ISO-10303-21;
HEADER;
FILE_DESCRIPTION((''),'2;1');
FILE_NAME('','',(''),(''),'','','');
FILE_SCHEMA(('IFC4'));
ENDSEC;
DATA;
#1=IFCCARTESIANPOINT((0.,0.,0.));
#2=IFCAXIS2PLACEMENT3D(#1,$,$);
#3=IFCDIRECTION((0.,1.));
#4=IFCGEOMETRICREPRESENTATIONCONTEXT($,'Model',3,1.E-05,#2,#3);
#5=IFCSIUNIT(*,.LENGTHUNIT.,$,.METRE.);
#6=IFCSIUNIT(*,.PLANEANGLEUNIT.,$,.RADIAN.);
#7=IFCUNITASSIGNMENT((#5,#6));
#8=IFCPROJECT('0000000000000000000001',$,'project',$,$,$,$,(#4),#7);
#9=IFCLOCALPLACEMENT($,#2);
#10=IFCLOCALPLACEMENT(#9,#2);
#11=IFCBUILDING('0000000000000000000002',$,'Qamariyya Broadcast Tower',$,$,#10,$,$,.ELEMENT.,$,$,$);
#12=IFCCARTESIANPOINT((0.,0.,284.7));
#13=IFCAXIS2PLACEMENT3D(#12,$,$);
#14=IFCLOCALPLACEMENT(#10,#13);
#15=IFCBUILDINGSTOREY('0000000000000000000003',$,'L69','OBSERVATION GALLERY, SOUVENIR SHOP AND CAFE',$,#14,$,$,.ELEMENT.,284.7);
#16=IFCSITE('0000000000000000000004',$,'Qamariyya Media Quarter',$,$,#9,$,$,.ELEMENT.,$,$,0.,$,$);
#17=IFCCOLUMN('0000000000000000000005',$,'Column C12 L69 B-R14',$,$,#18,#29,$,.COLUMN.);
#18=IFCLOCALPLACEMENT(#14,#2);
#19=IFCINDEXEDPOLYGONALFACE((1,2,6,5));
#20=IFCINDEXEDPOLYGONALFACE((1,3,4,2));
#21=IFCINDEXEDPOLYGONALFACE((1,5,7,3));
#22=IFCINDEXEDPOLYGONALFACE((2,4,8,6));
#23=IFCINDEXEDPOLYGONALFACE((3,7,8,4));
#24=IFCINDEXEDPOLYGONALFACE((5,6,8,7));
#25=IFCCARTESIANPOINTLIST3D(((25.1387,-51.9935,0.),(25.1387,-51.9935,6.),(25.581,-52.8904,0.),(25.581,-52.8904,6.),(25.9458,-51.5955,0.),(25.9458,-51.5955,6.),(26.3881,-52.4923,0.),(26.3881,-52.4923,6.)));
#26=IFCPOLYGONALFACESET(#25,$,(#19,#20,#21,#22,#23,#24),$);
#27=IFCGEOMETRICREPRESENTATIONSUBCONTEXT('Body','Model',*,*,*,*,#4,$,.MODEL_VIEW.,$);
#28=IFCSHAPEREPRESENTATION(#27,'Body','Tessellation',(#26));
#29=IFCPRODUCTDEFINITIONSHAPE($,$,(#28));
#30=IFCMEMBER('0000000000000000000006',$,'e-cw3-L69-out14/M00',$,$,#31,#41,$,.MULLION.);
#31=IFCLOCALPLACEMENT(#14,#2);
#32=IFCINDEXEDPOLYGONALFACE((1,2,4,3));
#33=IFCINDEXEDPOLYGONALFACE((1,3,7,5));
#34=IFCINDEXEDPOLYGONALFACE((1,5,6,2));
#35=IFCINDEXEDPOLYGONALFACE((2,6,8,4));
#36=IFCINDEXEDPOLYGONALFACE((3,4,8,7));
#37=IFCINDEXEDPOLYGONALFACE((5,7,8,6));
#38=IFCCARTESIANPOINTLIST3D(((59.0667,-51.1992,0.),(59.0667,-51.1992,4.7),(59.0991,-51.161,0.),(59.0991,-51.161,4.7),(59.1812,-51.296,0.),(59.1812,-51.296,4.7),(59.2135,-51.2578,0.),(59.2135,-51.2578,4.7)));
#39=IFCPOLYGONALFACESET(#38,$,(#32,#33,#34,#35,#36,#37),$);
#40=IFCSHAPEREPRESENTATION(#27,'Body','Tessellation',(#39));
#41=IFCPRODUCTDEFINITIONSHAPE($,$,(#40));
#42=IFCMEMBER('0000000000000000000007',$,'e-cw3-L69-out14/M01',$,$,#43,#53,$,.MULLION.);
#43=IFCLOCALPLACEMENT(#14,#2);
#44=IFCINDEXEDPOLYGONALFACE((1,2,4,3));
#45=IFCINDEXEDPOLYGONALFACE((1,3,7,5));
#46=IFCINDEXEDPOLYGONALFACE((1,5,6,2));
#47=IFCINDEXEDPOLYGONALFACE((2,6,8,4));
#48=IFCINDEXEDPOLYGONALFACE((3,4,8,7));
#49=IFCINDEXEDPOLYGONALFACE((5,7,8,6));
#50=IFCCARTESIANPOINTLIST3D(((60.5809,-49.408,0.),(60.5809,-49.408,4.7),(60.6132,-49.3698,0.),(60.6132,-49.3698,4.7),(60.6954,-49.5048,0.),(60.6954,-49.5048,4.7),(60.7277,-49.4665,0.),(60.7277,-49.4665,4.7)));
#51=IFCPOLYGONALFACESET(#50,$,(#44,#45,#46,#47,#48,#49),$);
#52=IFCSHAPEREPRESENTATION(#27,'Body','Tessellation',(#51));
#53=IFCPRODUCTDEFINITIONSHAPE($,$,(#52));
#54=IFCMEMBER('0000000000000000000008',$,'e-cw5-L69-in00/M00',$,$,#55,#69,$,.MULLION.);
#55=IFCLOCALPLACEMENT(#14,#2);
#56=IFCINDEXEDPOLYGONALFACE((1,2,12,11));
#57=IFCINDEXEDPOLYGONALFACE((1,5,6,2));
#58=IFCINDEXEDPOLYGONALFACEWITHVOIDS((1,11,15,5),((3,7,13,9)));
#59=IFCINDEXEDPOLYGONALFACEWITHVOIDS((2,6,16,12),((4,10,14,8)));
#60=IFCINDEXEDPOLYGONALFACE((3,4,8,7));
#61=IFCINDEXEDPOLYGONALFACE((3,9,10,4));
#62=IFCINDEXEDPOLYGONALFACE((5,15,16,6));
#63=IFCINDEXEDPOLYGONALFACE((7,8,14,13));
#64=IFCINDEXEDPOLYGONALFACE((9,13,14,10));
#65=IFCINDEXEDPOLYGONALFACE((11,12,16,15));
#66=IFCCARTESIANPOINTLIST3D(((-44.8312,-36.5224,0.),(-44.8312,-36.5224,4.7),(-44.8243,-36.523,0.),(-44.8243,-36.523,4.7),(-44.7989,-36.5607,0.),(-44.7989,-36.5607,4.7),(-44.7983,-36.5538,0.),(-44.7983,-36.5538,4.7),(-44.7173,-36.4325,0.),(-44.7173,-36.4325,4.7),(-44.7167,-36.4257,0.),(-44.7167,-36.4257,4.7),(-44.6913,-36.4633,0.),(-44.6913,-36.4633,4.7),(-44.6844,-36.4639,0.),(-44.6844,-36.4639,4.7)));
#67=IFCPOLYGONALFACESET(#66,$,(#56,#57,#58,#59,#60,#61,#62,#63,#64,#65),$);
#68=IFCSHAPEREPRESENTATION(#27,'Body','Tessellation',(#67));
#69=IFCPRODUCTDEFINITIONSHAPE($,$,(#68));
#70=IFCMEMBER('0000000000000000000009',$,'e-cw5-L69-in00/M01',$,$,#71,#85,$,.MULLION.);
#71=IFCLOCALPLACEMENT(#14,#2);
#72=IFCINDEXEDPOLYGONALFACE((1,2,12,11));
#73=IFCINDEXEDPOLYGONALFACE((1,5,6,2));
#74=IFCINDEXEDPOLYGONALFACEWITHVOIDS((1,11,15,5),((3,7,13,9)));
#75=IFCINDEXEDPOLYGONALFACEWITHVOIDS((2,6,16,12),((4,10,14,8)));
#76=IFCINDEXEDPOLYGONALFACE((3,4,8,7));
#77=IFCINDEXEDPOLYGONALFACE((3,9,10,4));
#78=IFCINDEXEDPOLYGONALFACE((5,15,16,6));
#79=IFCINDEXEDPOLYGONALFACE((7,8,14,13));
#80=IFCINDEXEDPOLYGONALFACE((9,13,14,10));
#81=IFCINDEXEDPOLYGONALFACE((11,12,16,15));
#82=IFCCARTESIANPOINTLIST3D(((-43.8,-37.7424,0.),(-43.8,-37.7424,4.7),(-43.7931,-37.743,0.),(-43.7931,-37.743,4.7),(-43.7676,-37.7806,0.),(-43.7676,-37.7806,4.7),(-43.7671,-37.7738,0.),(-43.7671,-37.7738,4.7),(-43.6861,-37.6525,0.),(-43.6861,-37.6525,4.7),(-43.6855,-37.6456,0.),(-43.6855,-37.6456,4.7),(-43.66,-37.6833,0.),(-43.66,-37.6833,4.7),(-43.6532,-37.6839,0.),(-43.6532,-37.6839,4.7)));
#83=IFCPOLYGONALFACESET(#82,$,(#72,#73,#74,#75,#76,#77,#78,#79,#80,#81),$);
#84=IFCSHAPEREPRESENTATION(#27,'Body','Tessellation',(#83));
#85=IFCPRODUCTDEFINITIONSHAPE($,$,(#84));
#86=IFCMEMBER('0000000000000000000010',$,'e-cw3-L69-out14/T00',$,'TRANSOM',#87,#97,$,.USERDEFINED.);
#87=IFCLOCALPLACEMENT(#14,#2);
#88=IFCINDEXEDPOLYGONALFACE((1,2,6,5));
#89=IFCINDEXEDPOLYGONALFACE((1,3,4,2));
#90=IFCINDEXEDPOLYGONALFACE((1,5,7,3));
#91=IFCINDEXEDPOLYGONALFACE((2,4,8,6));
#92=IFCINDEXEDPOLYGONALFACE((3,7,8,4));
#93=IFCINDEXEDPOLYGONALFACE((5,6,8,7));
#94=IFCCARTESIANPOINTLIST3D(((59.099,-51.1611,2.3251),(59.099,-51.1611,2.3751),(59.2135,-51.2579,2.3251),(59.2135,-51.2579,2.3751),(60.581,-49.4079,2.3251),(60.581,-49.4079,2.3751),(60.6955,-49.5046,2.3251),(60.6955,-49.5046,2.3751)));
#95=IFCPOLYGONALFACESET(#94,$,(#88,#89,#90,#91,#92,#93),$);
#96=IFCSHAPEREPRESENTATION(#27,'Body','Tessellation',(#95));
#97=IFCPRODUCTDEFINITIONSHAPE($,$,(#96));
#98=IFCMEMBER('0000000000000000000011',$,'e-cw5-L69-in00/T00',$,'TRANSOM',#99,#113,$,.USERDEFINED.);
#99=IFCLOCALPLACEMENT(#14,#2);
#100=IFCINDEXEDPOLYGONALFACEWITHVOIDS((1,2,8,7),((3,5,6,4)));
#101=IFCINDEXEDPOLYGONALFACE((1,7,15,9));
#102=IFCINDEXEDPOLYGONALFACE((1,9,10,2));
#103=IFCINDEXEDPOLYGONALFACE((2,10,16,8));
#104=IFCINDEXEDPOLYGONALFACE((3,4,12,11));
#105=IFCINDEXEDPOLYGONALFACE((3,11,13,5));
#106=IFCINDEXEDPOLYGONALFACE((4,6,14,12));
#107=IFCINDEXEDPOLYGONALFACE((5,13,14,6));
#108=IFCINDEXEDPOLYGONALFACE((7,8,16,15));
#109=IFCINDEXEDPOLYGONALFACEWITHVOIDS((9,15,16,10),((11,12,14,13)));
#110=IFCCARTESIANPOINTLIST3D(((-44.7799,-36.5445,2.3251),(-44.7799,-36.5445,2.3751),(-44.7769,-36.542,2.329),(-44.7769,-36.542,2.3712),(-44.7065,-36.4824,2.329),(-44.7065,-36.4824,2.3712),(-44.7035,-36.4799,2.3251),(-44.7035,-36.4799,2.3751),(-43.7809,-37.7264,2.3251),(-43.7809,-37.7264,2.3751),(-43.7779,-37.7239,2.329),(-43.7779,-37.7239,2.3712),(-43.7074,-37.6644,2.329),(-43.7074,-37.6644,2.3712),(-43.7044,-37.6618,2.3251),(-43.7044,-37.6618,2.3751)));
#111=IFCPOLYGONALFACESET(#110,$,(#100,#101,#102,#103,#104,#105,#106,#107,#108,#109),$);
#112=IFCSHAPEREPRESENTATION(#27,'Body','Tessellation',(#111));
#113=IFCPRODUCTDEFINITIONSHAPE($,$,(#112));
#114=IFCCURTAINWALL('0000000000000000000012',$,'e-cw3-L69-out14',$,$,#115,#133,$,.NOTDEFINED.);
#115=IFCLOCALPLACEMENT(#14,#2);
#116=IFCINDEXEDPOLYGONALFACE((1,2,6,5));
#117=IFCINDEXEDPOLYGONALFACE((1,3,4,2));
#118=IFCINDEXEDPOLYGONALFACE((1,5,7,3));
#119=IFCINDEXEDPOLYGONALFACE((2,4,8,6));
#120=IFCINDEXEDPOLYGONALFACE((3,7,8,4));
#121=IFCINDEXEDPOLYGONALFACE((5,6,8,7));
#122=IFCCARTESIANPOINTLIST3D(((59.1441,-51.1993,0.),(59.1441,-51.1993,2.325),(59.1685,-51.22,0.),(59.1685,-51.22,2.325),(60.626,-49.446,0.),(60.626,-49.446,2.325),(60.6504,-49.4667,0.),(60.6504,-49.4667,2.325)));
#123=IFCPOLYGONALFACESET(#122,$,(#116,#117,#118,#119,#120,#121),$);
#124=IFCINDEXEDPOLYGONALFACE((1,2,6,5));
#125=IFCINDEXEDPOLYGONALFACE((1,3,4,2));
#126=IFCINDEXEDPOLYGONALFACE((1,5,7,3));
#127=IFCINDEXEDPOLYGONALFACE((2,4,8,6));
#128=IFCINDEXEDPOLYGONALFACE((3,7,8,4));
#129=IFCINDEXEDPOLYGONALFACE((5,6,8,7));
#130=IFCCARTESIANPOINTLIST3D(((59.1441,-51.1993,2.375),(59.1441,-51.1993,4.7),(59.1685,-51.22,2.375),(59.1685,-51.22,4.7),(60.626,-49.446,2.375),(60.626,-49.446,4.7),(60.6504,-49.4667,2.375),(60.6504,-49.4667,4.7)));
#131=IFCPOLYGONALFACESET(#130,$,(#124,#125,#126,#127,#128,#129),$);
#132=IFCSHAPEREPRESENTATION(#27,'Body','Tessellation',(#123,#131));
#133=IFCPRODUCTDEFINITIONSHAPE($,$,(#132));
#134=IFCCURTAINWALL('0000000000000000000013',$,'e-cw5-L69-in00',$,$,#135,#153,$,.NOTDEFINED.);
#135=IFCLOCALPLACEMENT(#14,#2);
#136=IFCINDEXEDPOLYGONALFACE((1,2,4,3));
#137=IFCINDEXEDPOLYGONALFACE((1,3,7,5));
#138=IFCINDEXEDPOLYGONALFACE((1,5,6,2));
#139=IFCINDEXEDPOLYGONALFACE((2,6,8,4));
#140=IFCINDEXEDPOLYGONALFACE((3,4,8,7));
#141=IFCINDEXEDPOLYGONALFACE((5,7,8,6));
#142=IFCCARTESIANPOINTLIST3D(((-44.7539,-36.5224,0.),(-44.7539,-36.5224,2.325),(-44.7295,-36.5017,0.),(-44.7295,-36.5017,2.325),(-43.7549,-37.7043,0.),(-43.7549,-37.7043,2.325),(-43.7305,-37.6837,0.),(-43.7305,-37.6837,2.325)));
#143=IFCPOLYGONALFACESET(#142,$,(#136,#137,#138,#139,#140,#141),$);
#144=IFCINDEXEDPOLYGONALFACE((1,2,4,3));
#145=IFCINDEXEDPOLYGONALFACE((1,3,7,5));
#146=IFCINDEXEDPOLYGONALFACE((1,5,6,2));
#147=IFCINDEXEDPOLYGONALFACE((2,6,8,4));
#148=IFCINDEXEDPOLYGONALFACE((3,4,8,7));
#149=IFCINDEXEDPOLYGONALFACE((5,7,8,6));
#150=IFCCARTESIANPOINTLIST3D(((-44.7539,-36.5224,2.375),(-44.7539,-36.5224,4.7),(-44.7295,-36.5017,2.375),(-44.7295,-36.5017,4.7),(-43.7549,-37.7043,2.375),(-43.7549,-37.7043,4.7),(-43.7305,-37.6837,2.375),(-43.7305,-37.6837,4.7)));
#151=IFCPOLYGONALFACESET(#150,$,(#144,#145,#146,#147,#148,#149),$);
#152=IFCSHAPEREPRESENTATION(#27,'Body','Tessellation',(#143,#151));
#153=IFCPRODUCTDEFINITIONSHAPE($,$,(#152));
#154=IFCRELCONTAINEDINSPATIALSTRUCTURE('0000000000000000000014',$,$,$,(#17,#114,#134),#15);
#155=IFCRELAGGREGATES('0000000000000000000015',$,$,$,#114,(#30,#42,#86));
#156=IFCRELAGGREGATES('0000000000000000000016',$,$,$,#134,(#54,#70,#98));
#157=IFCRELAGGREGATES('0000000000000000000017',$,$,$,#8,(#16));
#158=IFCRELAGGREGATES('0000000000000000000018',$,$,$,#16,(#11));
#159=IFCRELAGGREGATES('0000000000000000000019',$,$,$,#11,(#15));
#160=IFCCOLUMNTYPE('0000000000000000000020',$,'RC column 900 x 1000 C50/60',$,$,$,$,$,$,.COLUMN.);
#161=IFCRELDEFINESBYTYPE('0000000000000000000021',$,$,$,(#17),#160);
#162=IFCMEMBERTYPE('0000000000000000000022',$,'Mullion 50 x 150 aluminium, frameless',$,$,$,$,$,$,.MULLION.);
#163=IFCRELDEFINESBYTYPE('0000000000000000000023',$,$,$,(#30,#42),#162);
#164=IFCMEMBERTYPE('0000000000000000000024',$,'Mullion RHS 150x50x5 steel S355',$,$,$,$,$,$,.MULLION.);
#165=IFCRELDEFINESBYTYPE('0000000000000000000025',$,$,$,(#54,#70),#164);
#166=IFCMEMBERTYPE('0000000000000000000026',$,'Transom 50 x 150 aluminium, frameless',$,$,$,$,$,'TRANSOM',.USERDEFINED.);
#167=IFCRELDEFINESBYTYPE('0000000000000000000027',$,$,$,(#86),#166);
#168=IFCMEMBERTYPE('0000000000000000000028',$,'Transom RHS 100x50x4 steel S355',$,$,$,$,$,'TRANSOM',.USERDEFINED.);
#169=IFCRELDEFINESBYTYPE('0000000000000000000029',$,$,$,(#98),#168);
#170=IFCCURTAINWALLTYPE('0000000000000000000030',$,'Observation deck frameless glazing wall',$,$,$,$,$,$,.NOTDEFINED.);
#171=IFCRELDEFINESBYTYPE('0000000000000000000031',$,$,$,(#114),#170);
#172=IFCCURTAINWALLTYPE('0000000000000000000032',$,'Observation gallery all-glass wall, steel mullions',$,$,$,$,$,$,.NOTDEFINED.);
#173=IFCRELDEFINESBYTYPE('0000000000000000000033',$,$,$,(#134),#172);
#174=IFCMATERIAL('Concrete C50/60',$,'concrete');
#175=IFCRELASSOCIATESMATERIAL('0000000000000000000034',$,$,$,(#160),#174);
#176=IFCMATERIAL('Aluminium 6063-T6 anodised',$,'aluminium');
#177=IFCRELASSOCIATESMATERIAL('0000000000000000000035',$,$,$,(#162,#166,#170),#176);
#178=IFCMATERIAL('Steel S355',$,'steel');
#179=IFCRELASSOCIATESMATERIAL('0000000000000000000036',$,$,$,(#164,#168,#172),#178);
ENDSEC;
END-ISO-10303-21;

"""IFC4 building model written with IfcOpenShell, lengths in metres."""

from ifc_helpers import new_model, si_unit, direction, frame, origin, origin_2d, place, context, subcontext, project, spatial, rectangle, hollow_rectangle, extrude, material, material_profile, profile_set, type_object, element, aggregate, save


model = new_model("IFC4")

# Units and contexts
model_context = context("Model", 3, precision=1e-05, world=origin(), true_north=direction((0.0, 1.0)))
body_context = subcontext(model_context, "Body", "Model", "MODEL_VIEW")
ifc_project = project(units=[si_unit("LENGTHUNIT", "METRE"), si_unit("PLANEANGLEUNIT", "RADIAN")], contexts=[model_context])

# Site, building, storey
site_placement = place(None, origin())
site = spatial("IfcSite", under=ifc_project, at=site_placement, Name="Qamariyya Media Quarter", CompositionType="ELEMENT", RefElevation=0.0)
building_placement = place(site_placement, origin())
building = spatial("IfcBuilding", under=site, at=building_placement, Name="Qamariyya Broadcast Tower", CompositionType="ELEMENT")
storey_placement = place(building_placement, frame((0.0, 0.0, 284.7)))
storey = spatial("IfcBuildingStorey", under=building, at=storey_placement, Name="L69", Description="OBSERVATION GALLERY, SOUVENIR SHOP AND CAFE", CompositionType="ELEMENT", Elevation=284.7)

# Column
ifc_material_1 = material(Name="Concrete C50/60", Category="concrete")
ifc_material_profile_1 = material_profile(ifc_material_1, rectangle(XDim=0.8999, YDim=1.0, at=origin_2d()))
ifc_profile_set_1 = profile_set([ifc_material_profile_1], Name="Concrete C50/60")
column_type = type_object("IfcColumnType", Name="RC column 900 x 1000 C50/60", PredefinedType="COLUMN", material=ifc_profile_set_1)
column_placement = place(storey_placement, frame((25.7634, -52.2429, 0.0), z_axis=(0.0, 0.0, 1.0), x_axis=(0.896873, 0.442289, 0.0)))
element("IfcColumn", 1, at=column_placement, inside=storey, type_object=column_type, Name="Column C12 L69 B-R14", PredefinedType="COLUMN", context=body_context, shape_type="SweptSolid", body=[
    extrude(rectangle(XDim=0.8999, YDim=1.0, at=origin_2d()), origin(), (0.0, 0.0, 1.0), 6.0),
])

# Members
ifc_material_2 = material(Name="Aluminium 6063-T6 anodised", Category="aluminium")
ifc_material_profile_2 = material_profile(ifc_material_2, rectangle(XDim=0.1499, YDim=0.05, at=origin_2d()))
ifc_profile_set_2 = profile_set([ifc_material_profile_2], Name="Aluminium 6063-T6 anodised")
member_type_1 = type_object("IfcMemberType", Name="Mullion 50 x 150 aluminium, frameless", PredefinedType="MULLION", material=ifc_profile_set_2)
member_1_placement = place(storey_placement, frame((59.1401, -51.2285, 0.0), z_axis=(0.0, 0.0, 1.0), x_axis=(-0.76371, 0.64556, 0.0)))
member_1 = element("IfcMember", 2, at=member_1_placement, type_object=member_type_1, Name="e-cw3-L69-out14/M00", PredefinedType="MULLION", context=body_context, shape_type="SweptSolid", body=[
    extrude(rectangle(XDim=0.1499, YDim=0.05, at=origin_2d()), origin(), (0.0, 0.0, 1.0), 4.7),
])
member_2_placement = place(storey_placement, frame((60.6543, -49.4373, 0.0), z_axis=(0.0, 0.0, 1.0), x_axis=(-0.76371, 0.64556, 0.0)))
member_2 = element("IfcMember", 3, at=member_2_placement, type_object=member_type_1, Name="e-cw3-L69-out14/M01", PredefinedType="MULLION", context=body_context, shape_type="SweptSolid", body=[
    extrude(rectangle(XDim=0.1499, YDim=0.05, at=origin_2d()), origin(), (0.0, 0.0, 1.0), 4.7),
])
ifc_material_3 = material(Name="Steel S355", Category="steel")
ifc_material_profile_3 = material_profile(ifc_material_3, hollow_rectangle(XDim=0.1499, YDim=0.05, WallThickness=0.0049, at=origin_2d()))
ifc_profile_set_3 = profile_set([ifc_material_profile_3], Name="Steel S355")
member_type_2 = type_object("IfcMemberType", Name="Mullion RHS 150x50x5 steel S355", PredefinedType="MULLION", material=ifc_profile_set_3)
member_3_placement = place(storey_placement, frame((-44.7578, -36.4932, 0.0), z_axis=(0.0, 0.0, 1.0), x_axis=(0.76371, 0.64556, 0.0)))
member_3 = element("IfcMember", 4, at=member_3_placement, type_object=member_type_2, Name="e-cw5-L69-in00/M00", PredefinedType="MULLION", context=body_context, shape_type="SweptSolid", body=[
    extrude(hollow_rectangle(XDim=0.1499, YDim=0.05, WallThickness=0.0049, at=origin_2d()), origin(), (0.0, 0.0, 1.0), 4.7),
])
member_4_placement = place(storey_placement, frame((-43.7266, -37.7131, 0.0), z_axis=(0.0, 0.0, 1.0), x_axis=(0.76371, 0.64556, 0.0)))
member_4 = element("IfcMember", 5, at=member_4_placement, type_object=member_type_2, Name="e-cw5-L69-in00/M01", PredefinedType="MULLION", context=body_context, shape_type="SweptSolid", body=[
    extrude(hollow_rectangle(XDim=0.1499, YDim=0.05, WallThickness=0.0049, at=origin_2d()), origin(), (0.0, 0.0, 1.0), 4.7),
])

# Members
ifc_material_profile_4 = material_profile(ifc_material_2, rectangle(XDim=0.1499, YDim=0.05, at=origin_2d()))
ifc_profile_set_4 = profile_set([ifc_material_profile_4], Name="Aluminium 6063-T6 anodised")
member_type_3 = type_object("IfcMemberType", Name="Transom 50 x 150 aluminium, frameless", ElementType="TRANSOM", PredefinedType="USERDEFINED", material=ifc_profile_set_4)
member_5_placement = place(storey_placement, frame((59.1562, -51.2095, 2.3501), z_axis=(0.645556, 0.763713, 0.0), x_axis=(-0.763713, 0.645556, 0.0)))
member_5 = element("IfcMember", 6, at=member_5_placement, type_object=member_type_3, Name="e-cw3-L69-out14/T00", ObjectType="TRANSOM", PredefinedType="USERDEFINED", context=body_context, shape_type="SweptSolid", body=[
    extrude(rectangle(XDim=0.1499, YDim=0.05, at=origin_2d()), origin(), (0.0, 0.0, 1.0), 2.2957),
])
ifc_material_profile_5 = material_profile(ifc_material_3, hollow_rectangle(XDim=0.1001, YDim=0.05, WallThickness=0.0039, at=origin_2d()))
ifc_profile_set_5 = profile_set([ifc_material_profile_5], Name="Steel S355")
member_type_4 = type_object("IfcMemberType", Name="Transom RHS 100x50x4 steel S355", ElementType="TRANSOM", PredefinedType="USERDEFINED", material=ifc_profile_set_5)
member_6_placement = place(storey_placement, frame((-44.7417, -36.5122, 2.3501), z_axis=(0.645553, -0.763715, 0.0), x_axis=(0.763715, 0.645553, 0.0)))
member_6 = element("IfcMember", 7, at=member_6_placement, type_object=member_type_4, Name="e-cw5-L69-in00/T00", ObjectType="TRANSOM", PredefinedType="USERDEFINED", context=body_context, shape_type="SweptSolid", body=[
    extrude(hollow_rectangle(XDim=0.1001, YDim=0.05, WallThickness=0.0039, at=origin_2d()), origin(), (0.0, 0.0, 1.0), 1.5476),
])

# Curtain walls
curtain_wall_type_1 = type_object("IfcCurtainWallType", Name="Observation deck frameless glazing wall", PredefinedType="NOTDEFINED", material=ifc_material_2)
curtain_wall_1_placement = place(storey_placement, origin())
curtain_wall_1 = element("IfcCurtainWall", 8, at=curtain_wall_1_placement, inside=storey, type_object=curtain_wall_type_1, Name="e-cw3-L69-out14", PredefinedType="NOTDEFINED", context=body_context, shape_type="SweptSolid", body=[
    extrude(rectangle(XDim=2.2957, YDim=0.032, at=origin_2d()), frame((59.8972, -50.333, 0.0), x_axis=(0.645522, 0.763742, 0.0)), (0.0, 0.0, 1.0), 2.325),
    extrude(rectangle(XDim=2.2957, YDim=0.032, at=origin_2d()), frame((59.8972, -50.333, 2.375), x_axis=(0.645522, 0.763742, 0.0)), (0.0, 0.0, 1.0), 2.325),
])
aggregate(curtain_wall_1, [member_1, member_2, member_5])
curtain_wall_type_2 = type_object("IfcCurtainWallType", Name="Observation gallery all-glass wall, steel mullions", PredefinedType="NOTDEFINED", material=ifc_material_3)
curtain_wall_2_placement = place(storey_placement, origin())
curtain_wall_2 = element("IfcCurtainWall", 9, at=curtain_wall_2_placement, inside=storey, type_object=curtain_wall_type_2, Name="e-cw5-L69-in00", PredefinedType="NOTDEFINED", context=body_context, shape_type="SweptSolid", body=[
    extrude(rectangle(XDim=1.5476, YDim=0.032, at=origin_2d()), frame((-44.2422, -37.103, 0.0), x_axis=(0.645504, -0.763757, 0.0)), (0.0, 0.0, 1.0), 2.325),
    extrude(rectangle(XDim=1.5476, YDim=0.032, at=origin_2d()), frame((-44.2422, -37.103, 2.375), x_axis=(0.645504, -0.763757, 0.0)), (0.0, 0.0, 1.0), 2.325),
])
aggregate(curtain_wall_2, [member_3, member_4, member_6])

save(model, "model.ifc")
